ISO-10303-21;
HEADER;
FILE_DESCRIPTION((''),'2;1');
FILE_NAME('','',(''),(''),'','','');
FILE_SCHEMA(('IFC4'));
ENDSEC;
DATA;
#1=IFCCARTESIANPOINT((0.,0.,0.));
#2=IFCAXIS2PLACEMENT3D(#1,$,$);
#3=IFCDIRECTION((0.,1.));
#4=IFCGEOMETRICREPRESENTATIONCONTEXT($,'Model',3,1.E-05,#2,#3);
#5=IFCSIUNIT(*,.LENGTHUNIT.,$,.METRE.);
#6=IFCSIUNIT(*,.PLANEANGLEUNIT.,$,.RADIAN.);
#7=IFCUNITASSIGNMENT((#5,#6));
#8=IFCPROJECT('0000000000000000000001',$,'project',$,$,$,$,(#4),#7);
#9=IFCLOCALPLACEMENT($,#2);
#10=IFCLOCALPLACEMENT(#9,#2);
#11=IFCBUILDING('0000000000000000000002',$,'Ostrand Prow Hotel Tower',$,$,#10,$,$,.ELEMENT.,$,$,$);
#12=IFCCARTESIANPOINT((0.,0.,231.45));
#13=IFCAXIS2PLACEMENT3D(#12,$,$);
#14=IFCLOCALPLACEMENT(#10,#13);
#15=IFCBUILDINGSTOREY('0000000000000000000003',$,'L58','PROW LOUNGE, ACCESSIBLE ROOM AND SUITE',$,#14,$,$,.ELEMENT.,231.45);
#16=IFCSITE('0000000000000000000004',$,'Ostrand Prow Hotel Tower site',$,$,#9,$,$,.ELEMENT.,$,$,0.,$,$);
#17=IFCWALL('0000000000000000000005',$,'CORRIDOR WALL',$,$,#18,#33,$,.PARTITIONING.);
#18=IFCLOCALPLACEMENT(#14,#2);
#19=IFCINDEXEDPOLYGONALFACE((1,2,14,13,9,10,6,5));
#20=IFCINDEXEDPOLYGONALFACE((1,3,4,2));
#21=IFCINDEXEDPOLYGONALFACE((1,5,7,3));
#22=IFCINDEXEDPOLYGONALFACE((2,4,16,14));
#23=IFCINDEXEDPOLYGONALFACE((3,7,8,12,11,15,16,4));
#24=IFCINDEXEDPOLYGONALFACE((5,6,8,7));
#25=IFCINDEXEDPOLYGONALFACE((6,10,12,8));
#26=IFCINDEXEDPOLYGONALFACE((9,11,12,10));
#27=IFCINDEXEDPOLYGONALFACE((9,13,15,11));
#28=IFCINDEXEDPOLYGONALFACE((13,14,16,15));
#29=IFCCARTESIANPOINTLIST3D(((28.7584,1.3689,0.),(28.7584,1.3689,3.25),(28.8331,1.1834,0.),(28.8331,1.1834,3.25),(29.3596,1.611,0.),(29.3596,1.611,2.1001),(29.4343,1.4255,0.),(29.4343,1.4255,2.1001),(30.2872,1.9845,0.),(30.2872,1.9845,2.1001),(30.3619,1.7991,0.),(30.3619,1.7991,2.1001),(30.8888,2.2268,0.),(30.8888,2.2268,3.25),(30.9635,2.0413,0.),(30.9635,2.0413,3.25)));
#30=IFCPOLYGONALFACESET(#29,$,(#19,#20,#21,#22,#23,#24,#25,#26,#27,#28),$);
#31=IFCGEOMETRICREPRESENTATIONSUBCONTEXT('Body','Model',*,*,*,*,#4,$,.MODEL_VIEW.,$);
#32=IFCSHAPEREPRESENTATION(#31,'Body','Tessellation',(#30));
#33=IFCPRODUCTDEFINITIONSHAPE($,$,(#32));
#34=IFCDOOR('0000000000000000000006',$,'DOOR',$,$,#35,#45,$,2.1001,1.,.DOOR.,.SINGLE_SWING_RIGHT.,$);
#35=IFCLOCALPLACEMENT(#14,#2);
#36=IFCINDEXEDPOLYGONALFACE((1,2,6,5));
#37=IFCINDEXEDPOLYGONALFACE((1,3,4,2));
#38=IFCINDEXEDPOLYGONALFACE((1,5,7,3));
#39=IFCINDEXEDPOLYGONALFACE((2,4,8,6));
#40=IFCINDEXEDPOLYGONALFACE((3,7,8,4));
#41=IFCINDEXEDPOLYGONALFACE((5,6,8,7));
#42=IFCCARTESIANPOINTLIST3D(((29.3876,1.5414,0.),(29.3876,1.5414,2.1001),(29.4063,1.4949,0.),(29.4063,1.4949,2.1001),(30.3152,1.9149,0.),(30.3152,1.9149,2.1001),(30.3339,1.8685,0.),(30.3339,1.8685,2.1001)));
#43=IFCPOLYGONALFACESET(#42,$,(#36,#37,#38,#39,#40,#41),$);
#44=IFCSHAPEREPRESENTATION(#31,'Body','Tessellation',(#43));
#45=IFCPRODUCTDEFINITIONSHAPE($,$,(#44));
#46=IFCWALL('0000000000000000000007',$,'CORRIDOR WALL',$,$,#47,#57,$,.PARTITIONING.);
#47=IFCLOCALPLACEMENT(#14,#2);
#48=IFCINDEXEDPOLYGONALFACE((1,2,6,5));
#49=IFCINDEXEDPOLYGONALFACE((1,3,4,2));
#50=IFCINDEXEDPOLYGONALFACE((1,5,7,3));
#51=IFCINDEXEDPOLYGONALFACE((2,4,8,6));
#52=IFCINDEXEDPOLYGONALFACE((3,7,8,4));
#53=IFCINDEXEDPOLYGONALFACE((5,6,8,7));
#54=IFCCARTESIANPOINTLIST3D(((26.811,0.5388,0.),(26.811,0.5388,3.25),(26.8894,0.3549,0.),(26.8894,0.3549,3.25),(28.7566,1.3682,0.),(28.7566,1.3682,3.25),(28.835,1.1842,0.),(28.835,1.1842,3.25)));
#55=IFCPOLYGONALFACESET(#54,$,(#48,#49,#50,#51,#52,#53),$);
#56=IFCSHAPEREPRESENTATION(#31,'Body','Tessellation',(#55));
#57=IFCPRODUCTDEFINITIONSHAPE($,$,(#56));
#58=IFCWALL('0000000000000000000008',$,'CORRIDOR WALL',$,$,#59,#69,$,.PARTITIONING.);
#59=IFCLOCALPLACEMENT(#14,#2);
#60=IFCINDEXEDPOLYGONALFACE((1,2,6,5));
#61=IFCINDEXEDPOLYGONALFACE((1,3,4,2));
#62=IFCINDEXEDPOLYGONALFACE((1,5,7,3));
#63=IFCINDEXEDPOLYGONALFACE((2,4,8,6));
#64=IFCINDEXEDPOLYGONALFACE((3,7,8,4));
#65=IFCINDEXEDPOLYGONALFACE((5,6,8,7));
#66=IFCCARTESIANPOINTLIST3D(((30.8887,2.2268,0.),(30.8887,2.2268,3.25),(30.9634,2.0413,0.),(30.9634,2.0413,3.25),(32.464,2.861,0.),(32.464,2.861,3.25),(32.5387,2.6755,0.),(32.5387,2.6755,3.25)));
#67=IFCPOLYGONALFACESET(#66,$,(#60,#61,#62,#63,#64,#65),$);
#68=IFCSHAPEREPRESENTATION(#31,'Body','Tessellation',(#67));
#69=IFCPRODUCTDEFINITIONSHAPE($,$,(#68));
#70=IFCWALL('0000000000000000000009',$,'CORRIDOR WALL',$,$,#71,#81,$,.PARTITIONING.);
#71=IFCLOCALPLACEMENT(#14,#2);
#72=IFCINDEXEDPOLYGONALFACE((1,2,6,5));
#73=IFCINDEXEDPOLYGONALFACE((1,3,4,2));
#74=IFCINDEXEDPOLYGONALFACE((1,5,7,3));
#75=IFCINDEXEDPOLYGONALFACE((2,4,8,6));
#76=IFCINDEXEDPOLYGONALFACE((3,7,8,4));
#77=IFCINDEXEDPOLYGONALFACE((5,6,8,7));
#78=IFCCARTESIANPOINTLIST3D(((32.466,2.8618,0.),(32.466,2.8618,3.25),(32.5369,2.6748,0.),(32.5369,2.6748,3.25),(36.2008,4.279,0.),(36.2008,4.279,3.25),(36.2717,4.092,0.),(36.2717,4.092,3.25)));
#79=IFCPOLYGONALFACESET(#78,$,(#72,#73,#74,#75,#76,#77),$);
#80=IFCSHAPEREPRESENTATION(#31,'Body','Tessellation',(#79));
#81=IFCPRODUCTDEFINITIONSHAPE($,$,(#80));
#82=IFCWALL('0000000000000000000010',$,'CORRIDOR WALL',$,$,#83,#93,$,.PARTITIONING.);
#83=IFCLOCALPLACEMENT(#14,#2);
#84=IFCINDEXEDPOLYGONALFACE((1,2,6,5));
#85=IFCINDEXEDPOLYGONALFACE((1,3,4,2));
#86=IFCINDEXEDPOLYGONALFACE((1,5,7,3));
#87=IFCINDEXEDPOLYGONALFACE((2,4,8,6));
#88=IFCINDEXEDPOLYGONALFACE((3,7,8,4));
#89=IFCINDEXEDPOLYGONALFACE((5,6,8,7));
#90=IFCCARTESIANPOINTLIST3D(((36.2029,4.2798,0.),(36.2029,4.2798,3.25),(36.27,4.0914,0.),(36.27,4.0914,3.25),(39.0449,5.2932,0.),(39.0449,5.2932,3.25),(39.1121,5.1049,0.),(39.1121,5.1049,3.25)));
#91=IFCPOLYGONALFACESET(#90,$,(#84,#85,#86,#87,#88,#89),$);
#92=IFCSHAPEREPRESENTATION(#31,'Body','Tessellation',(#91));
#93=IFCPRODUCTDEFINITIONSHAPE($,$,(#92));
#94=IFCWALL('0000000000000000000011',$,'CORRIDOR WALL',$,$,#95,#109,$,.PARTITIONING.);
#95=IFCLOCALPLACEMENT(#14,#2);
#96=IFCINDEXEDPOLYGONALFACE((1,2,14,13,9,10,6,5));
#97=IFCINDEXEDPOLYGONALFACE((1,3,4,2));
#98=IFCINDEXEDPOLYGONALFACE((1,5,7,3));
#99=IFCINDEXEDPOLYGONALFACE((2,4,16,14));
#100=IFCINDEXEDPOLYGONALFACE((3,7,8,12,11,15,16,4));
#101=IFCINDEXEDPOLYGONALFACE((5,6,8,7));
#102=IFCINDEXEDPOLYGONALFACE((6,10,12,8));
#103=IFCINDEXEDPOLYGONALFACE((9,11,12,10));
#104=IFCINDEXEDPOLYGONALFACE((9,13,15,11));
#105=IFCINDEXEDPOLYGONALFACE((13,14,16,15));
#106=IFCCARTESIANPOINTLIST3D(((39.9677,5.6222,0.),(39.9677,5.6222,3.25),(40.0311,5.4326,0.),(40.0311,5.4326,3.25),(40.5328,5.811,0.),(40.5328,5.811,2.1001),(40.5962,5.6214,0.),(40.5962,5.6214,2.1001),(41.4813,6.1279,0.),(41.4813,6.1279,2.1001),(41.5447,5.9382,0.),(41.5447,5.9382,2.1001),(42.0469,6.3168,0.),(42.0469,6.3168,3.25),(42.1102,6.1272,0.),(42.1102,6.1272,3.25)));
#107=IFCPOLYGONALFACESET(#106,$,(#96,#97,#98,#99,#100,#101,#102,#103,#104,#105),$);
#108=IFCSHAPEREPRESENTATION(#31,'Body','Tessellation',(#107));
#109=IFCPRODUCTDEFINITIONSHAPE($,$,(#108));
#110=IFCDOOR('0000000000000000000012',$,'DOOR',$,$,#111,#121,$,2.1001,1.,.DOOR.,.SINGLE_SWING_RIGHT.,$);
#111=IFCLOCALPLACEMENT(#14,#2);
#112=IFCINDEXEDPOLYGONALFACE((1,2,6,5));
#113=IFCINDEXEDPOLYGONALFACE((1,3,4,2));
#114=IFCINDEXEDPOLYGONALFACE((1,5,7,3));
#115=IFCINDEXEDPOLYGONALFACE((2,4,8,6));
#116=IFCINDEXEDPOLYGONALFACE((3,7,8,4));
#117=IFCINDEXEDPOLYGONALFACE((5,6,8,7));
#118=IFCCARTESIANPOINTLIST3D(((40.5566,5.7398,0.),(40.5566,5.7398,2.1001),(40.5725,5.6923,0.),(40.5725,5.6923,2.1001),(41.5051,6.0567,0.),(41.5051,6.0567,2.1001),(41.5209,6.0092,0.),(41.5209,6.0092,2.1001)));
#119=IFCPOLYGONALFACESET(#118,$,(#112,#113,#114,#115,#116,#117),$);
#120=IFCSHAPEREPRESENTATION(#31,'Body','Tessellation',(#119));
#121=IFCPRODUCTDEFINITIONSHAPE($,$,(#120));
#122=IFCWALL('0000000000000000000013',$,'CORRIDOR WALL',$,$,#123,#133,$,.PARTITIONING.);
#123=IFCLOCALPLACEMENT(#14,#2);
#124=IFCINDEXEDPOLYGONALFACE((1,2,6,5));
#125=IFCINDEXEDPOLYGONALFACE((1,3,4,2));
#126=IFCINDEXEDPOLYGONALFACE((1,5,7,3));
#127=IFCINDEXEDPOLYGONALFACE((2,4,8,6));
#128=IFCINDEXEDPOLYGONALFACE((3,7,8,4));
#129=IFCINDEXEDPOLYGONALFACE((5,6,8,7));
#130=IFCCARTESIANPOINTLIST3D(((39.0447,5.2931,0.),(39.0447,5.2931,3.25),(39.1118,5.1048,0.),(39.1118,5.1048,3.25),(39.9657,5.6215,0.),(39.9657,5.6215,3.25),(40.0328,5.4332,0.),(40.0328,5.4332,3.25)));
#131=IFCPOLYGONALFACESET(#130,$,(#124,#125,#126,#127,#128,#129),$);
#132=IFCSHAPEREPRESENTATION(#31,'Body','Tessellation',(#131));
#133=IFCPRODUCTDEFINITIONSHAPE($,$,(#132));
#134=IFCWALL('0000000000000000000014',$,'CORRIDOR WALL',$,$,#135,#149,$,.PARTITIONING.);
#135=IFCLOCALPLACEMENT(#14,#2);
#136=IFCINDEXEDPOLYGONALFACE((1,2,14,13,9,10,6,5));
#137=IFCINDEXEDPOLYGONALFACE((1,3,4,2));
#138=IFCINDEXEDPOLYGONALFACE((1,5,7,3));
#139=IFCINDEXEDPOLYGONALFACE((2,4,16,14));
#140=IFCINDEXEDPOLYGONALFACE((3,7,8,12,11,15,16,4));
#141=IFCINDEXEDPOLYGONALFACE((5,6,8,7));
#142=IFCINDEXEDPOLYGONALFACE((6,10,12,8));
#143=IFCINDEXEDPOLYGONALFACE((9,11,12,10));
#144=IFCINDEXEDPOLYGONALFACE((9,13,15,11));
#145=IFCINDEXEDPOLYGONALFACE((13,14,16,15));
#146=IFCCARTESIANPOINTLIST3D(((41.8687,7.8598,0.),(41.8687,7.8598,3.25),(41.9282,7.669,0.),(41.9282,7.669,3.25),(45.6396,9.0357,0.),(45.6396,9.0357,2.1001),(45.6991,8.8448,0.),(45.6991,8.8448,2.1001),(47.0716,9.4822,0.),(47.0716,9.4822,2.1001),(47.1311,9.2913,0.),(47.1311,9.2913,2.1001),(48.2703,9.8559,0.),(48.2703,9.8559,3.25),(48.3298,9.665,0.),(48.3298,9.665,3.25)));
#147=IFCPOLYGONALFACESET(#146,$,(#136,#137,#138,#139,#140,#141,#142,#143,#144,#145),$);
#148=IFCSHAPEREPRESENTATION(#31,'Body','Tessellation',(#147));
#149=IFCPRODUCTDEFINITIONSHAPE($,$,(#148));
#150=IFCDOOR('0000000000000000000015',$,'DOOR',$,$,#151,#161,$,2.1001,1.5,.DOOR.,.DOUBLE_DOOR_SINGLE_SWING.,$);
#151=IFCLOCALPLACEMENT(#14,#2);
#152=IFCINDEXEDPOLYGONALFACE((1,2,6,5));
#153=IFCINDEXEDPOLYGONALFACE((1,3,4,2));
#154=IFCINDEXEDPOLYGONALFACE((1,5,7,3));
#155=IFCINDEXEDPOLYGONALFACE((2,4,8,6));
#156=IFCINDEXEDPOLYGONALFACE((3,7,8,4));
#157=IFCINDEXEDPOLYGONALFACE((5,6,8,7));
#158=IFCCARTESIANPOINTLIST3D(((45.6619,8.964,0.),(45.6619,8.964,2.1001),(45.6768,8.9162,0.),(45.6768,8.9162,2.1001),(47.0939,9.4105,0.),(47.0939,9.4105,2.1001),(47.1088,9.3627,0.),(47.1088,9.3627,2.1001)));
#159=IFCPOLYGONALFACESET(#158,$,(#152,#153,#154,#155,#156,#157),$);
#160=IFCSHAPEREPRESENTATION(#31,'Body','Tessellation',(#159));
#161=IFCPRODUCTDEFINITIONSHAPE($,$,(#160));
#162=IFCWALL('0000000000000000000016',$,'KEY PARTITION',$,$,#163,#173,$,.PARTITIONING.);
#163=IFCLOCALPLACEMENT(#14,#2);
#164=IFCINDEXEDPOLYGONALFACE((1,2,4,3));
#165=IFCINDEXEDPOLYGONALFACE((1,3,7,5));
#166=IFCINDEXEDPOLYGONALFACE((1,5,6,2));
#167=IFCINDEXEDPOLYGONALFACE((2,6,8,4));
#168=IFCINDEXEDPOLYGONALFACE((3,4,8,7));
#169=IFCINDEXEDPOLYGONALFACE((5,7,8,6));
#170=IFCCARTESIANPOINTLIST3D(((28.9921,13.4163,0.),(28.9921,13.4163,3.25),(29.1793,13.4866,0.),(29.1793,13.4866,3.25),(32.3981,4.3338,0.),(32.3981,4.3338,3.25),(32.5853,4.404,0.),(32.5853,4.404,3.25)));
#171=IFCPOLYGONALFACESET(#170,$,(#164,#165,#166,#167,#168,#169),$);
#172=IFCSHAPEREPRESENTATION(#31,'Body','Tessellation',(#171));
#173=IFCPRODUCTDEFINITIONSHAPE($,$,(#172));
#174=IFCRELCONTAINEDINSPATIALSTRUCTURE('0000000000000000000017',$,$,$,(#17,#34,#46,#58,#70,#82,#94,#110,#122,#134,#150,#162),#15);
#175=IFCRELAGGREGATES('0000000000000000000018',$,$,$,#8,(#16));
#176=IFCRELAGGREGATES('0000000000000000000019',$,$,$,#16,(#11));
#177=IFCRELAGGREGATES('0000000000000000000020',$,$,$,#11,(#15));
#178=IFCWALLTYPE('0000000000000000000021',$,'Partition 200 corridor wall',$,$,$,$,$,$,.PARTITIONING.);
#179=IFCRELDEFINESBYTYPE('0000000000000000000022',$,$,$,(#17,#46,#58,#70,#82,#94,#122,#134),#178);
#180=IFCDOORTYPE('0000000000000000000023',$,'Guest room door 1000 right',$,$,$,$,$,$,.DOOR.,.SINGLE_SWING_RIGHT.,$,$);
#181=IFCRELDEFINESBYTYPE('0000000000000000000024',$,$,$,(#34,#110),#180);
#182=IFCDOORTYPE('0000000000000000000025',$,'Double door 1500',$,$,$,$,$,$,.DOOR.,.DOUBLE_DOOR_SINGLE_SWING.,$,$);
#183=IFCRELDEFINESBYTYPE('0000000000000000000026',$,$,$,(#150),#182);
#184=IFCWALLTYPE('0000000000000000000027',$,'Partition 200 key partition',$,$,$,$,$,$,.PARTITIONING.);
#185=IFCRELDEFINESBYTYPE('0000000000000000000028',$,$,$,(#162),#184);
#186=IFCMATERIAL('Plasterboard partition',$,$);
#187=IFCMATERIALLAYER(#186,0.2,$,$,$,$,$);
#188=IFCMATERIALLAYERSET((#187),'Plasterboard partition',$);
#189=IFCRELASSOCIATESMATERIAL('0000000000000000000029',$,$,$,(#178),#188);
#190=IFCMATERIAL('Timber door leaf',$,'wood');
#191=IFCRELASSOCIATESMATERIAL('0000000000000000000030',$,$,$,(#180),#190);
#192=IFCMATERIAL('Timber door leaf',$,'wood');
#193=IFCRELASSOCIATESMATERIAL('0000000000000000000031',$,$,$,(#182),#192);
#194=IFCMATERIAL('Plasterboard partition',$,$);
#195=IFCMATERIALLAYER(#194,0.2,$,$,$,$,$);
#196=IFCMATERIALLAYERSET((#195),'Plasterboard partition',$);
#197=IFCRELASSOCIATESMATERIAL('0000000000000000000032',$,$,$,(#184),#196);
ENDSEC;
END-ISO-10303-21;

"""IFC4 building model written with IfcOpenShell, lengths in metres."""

from ifc_helpers import new_model, si_unit, direction, frame, frame_2d, origin, place, context, subcontext, project, spatial, rectangle, extrude, material, layer, layer_set, type_object, element, fill, save


model = new_model("IFC4")

# Units and contexts
model_context = context("Model", 3, precision=1e-05, world=origin(), true_north=direction((0.0, 1.0)))
body_context = subcontext(model_context, "Body", "Model", "MODEL_VIEW")
ifc_project = project(units=[si_unit("LENGTHUNIT", "METRE"), si_unit("PLANEANGLEUNIT", "RADIAN")], contexts=[model_context])

# Site, building, storey
site_placement = place(None, origin())
site = spatial("IfcSite", under=ifc_project, at=site_placement, Name="Ostrand Prow Hotel Tower site", CompositionType="ELEMENT", RefElevation=0.0)
building_placement = place(site_placement, origin())
building = spatial("IfcBuilding", under=site, at=building_placement, Name="Ostrand Prow Hotel Tower", CompositionType="ELEMENT")
storey_placement = place(building_placement, frame((0.0, 0.0, 231.45)))
storey = spatial("IfcBuildingStorey", under=building, at=storey_placement, Name="L58", Description="PROW LOUNGE, ACCESSIBLE ROOM AND SUITE", CompositionType="ELEMENT", Elevation=231.45)

# Wall, opening, door
ifc_material_1 = material(Name="Plasterboard partition")
ifc_layer_1 = layer(ifc_material_1, 0.2)
ifc_layer_set_1 = layer_set([ifc_layer_1], Name="Plasterboard partition")
wall_type_1 = type_object("IfcWallType", Name="Partition 200 corridor wall", PredefinedType="PARTITIONING", material=ifc_layer_set_1)
wall_1_placement = place(storey_placement, frame((28.7957, 1.2761, 0.0), z_axis=(0.0, 0.0, 1.0), x_axis=(0.927609, 0.373552, 0.0)))
wall_1 = element("IfcWall", 1, at=wall_1_placement, inside=storey, type_object=wall_type_1, Name="CORRIDOR WALL", PredefinedType="PARTITIONING", context=body_context, shape_type="SweptSolid", body=[
    extrude(rectangle(XDim=2.2966, YDim=0.2, at=frame_2d((1.1484, 0.0))), origin(), (0.0, 0.0, 1.0), 3.25),
])
opening_1_placement = place(wall_1_placement, frame((0.6482, 0.0, 0.0)))
opening_1 = element("IfcOpeningElement", 2, at=opening_1_placement, cuts=wall_1, PredefinedType="OPENING", context=body_context, shape_type="SweptSolid", body=[
    extrude(rectangle(XDim=1.0, YDim=2.1001, at=frame_2d((0.5, 1.05))), frame((0.0, 0.1099, 0.0), z_axis=(0.0, -1.0, 0.0), x_axis=(1.0, 0.0, 0.0)), (0.0, 0.0, 1.0), 0.22),
])
ifc_material_2 = material(Name="Timber door leaf", Category="wood")
door_type_1 = type_object("IfcDoorType", Name="Guest room door 1000 right", OperationType="SINGLE_SWING_RIGHT", PredefinedType="DOOR", material=ifc_material_2)
door_1_placement = place(opening_1_placement, origin())
door_1 = element("IfcDoor", 3, at=door_1_placement, inside=storey, type_object=door_type_1, Name="DOOR", OperationType="SINGLE_SWING_RIGHT", OverallHeight=2.1001, OverallWidth=1.0, PredefinedType="DOOR", context=body_context, shape_type="SweptSolid", body=[
    extrude(rectangle(XDim=1.0, YDim=2.1001, at=frame_2d((0.5, 1.05))), frame((0.0, 0.0249, 0.0), z_axis=(0.0, -1.0, 0.0), x_axis=(1.0, 0.0, 0.0)), (0.0, 0.0, 1.0), 0.05),
])
fill(opening_1, door_1)

# Walls
wall_2_placement = place(storey_placement, frame((26.8501, 0.4468, 0.0), z_axis=(0.0, 0.0, 1.0), x_axis=(0.919908, 0.392135, 0.0)))
element("IfcWall", 4, at=wall_2_placement, inside=storey, type_object=wall_type_1, Name="CORRIDOR WALL", PredefinedType="PARTITIONING", context=body_context, shape_type="SweptSolid", body=[
    extrude(rectangle(XDim=2.115, YDim=0.2, at=frame_2d((1.0576, 0.0))), origin(), (0.0, 0.0, 1.0), 3.25),
])
wall_3_placement = place(storey_placement, frame((30.926, 2.134, 0.0), z_axis=(0.0, 0.0, 1.0), x_axis=(0.927642, 0.373472, 0.0)))
element("IfcWall", 5, at=wall_3_placement, inside=storey, type_object=wall_type_1, Name="CORRIDOR WALL", PredefinedType="PARTITIONING", context=body_context, shape_type="SweptSolid", body=[
    extrude(rectangle(XDim=1.6982, YDim=0.2, at=frame_2d((0.8491, 0.0))), origin(), (0.0, 0.0, 1.0), 3.25),
])
wall_4_placement = place(storey_placement, frame((32.5015, 2.7683, 0.0), z_axis=(0.0, 0.0, 1.0), x_axis=(0.934951, 0.354778, 0.0)))
element("IfcWall", 6, at=wall_4_placement, inside=storey, type_object=wall_type_1, Name="CORRIDOR WALL", PredefinedType="PARTITIONING", context=body_context, shape_type="SweptSolid", body=[
    extrude(rectangle(XDim=3.9946, YDim=0.2, at=frame_2d((1.9973, 0.0))), origin(), (0.0, 0.0, 1.0), 3.25),
])
wall_5_placement = place(storey_placement, frame((36.2363, 4.1855, 0.0), z_axis=(0.0, 0.0, 1.0), x_axis=(0.941908, 0.33587, 0.0)))
element("IfcWall", 7, at=wall_5_placement, inside=storey, type_object=wall_type_1, Name="CORRIDOR WALL", PredefinedType="PARTITIONING", context=body_context, shape_type="SweptSolid", body=[
    extrude(rectangle(XDim=3.0173, YDim=0.2, at=frame_2d((1.5088, 0.0))), origin(), (0.0, 0.0, 1.0), 3.25),
])

# Wall, opening, door
wall_6_placement = place(storey_placement, frame((39.9993, 5.5273, 0.0), z_axis=(0.0, 0.0, 1.0), x_axis=(0.948471, 0.316863, 0.0)))
wall_6 = element("IfcWall", 8, at=wall_6_placement, inside=storey, type_object=wall_type_1, Name="CORRIDOR WALL", PredefinedType="PARTITIONING", context=body_context, shape_type="SweptSolid", body=[
    extrude(rectangle(XDim=2.1921, YDim=0.2, at=frame_2d((1.0962, 0.0))), origin(), (0.0, 0.0, 1.0), 3.25),
])
opening_2_placement = place(wall_6_placement, frame((0.5959, 0.0, 0.0)))
opening_2 = element("IfcOpeningElement", 9, at=opening_2_placement, cuts=wall_6, PredefinedType="OPENING", context=body_context, shape_type="SweptSolid", body=[
    extrude(rectangle(XDim=1.0, YDim=2.1001, at=frame_2d((0.5, 1.05))), frame((0.0, 0.1099, 0.0), z_axis=(0.0, -1.0, 0.0), x_axis=(1.0, 0.0, 0.0)), (0.0, 0.0, 1.0), 0.22),
])
door_2_placement = place(opening_2_placement, origin())
door_2 = element("IfcDoor", 10, at=door_2_placement, inside=storey, type_object=door_type_1, Name="DOOR", OperationType="SINGLE_SWING_RIGHT", OverallHeight=2.1001, OverallWidth=1.0, PredefinedType="DOOR", context=body_context, shape_type="SweptSolid", body=[
    extrude(rectangle(XDim=1.0, YDim=2.1001, at=frame_2d((0.5, 1.05))), frame((0.0, 0.0249, 0.0), z_axis=(0.0, -1.0, 0.0), x_axis=(1.0, 0.0, 0.0)), (0.0, 0.0, 1.0), 0.05),
])
fill(opening_2, door_2)

# Wall
wall_7_placement = place(storey_placement, frame((39.0784, 5.199, 0.0), z_axis=(0.0, 0.0, 1.0), x_axis=(0.941911, 0.335862, 0.0)))
element("IfcWall", 11, at=wall_7_placement, inside=storey, type_object=wall_type_1, Name="CORRIDOR WALL", PredefinedType="PARTITIONING", context=body_context, shape_type="SweptSolid", body=[
    extrude(rectangle(XDim=0.9778, YDim=0.2, at=frame_2d((0.4888, 0.0))), origin(), (0.0, 0.0, 1.0), 3.25),
])

# Wall, opening, door
wall_8_placement = place(storey_placement, frame((41.8984, 7.7644, 0.0), z_axis=(0.0, 0.0, 1.0), x_axis=(0.954667, 0.297676, 0.0)))
wall_8 = element("IfcWall", 12, at=wall_8_placement, inside=storey, type_object=wall_type_1, Name="CORRIDOR WALL", PredefinedType="PARTITIONING", context=body_context, shape_type="SweptSolid", body=[
    extrude(rectangle(XDim=6.7056, YDim=0.2, at=frame_2d((3.3528, 0.0))), origin(), (0.0, 0.0, 1.0), 3.25),
])
opening_3_placement = place(wall_8_placement, frame((3.95, 0.0, 0.0)))
opening_3 = element("IfcOpeningElement", 13, at=opening_3_placement, cuts=wall_8, PredefinedType="OPENING", context=body_context, shape_type="SweptSolid", body=[
    extrude(rectangle(XDim=1.5, YDim=2.1001, at=frame_2d((0.75, 1.05))), frame((0.0, 0.1099, 0.0), z_axis=(0.0, -1.0, 0.0), x_axis=(1.0, 0.0, 0.0)), (0.0, 0.0, 1.0), 0.22),
])
ifc_material_3 = material(Name="Timber door leaf", Category="wood")
door_type_2 = type_object("IfcDoorType", Name="Double door 1500", OperationType="DOUBLE_DOOR_SINGLE_SWING", PredefinedType="DOOR", material=ifc_material_3)
door_3_placement = place(opening_3_placement, origin())
door_3 = element("IfcDoor", 14, at=door_3_placement, inside=storey, type_object=door_type_2, Name="DOOR", OperationType="DOUBLE_DOOR_SINGLE_SWING", OverallHeight=2.1001, OverallWidth=1.5, PredefinedType="DOOR", context=body_context, shape_type="SweptSolid", body=[
    extrude(rectangle(XDim=1.5, YDim=2.1001, at=frame_2d((0.75, 1.05))), frame((0.0, 0.0249, 0.0), z_axis=(0.0, -1.0, 0.0), x_axis=(1.0, 0.0, 0.0)), (0.0, 0.0, 1.0), 0.05),
])
fill(opening_3, door_3)

# Wall
ifc_material_4 = material(Name="Plasterboard partition")
ifc_layer_2 = layer(ifc_material_4, 0.2)
ifc_layer_set_2 = layer_set([ifc_layer_2], Name="Plasterboard partition")
wall_type_2 = type_object("IfcWallType", Name="Partition 200 key partition", PredefinedType="PARTITIONING", material=ifc_layer_set_2)
wall_9_placement = place(storey_placement, frame((32.4917, 4.3689, 0.0), z_axis=(0.0, 0.0, 1.0), x_axis=(-0.351129, 0.936327, 0.0)))
element("IfcWall", 15, at=wall_9_placement, inside=storey, type_object=wall_type_2, Name="KEY PARTITION", PredefinedType="PARTITIONING", context=body_context, shape_type="SweptSolid", body=[
    extrude(rectangle(XDim=9.7002, YDim=0.2, at=frame_2d((4.8501, 0.0))), origin(), (0.0, 0.0, 1.0), 3.25),
])

save(model, "model.ifc")
